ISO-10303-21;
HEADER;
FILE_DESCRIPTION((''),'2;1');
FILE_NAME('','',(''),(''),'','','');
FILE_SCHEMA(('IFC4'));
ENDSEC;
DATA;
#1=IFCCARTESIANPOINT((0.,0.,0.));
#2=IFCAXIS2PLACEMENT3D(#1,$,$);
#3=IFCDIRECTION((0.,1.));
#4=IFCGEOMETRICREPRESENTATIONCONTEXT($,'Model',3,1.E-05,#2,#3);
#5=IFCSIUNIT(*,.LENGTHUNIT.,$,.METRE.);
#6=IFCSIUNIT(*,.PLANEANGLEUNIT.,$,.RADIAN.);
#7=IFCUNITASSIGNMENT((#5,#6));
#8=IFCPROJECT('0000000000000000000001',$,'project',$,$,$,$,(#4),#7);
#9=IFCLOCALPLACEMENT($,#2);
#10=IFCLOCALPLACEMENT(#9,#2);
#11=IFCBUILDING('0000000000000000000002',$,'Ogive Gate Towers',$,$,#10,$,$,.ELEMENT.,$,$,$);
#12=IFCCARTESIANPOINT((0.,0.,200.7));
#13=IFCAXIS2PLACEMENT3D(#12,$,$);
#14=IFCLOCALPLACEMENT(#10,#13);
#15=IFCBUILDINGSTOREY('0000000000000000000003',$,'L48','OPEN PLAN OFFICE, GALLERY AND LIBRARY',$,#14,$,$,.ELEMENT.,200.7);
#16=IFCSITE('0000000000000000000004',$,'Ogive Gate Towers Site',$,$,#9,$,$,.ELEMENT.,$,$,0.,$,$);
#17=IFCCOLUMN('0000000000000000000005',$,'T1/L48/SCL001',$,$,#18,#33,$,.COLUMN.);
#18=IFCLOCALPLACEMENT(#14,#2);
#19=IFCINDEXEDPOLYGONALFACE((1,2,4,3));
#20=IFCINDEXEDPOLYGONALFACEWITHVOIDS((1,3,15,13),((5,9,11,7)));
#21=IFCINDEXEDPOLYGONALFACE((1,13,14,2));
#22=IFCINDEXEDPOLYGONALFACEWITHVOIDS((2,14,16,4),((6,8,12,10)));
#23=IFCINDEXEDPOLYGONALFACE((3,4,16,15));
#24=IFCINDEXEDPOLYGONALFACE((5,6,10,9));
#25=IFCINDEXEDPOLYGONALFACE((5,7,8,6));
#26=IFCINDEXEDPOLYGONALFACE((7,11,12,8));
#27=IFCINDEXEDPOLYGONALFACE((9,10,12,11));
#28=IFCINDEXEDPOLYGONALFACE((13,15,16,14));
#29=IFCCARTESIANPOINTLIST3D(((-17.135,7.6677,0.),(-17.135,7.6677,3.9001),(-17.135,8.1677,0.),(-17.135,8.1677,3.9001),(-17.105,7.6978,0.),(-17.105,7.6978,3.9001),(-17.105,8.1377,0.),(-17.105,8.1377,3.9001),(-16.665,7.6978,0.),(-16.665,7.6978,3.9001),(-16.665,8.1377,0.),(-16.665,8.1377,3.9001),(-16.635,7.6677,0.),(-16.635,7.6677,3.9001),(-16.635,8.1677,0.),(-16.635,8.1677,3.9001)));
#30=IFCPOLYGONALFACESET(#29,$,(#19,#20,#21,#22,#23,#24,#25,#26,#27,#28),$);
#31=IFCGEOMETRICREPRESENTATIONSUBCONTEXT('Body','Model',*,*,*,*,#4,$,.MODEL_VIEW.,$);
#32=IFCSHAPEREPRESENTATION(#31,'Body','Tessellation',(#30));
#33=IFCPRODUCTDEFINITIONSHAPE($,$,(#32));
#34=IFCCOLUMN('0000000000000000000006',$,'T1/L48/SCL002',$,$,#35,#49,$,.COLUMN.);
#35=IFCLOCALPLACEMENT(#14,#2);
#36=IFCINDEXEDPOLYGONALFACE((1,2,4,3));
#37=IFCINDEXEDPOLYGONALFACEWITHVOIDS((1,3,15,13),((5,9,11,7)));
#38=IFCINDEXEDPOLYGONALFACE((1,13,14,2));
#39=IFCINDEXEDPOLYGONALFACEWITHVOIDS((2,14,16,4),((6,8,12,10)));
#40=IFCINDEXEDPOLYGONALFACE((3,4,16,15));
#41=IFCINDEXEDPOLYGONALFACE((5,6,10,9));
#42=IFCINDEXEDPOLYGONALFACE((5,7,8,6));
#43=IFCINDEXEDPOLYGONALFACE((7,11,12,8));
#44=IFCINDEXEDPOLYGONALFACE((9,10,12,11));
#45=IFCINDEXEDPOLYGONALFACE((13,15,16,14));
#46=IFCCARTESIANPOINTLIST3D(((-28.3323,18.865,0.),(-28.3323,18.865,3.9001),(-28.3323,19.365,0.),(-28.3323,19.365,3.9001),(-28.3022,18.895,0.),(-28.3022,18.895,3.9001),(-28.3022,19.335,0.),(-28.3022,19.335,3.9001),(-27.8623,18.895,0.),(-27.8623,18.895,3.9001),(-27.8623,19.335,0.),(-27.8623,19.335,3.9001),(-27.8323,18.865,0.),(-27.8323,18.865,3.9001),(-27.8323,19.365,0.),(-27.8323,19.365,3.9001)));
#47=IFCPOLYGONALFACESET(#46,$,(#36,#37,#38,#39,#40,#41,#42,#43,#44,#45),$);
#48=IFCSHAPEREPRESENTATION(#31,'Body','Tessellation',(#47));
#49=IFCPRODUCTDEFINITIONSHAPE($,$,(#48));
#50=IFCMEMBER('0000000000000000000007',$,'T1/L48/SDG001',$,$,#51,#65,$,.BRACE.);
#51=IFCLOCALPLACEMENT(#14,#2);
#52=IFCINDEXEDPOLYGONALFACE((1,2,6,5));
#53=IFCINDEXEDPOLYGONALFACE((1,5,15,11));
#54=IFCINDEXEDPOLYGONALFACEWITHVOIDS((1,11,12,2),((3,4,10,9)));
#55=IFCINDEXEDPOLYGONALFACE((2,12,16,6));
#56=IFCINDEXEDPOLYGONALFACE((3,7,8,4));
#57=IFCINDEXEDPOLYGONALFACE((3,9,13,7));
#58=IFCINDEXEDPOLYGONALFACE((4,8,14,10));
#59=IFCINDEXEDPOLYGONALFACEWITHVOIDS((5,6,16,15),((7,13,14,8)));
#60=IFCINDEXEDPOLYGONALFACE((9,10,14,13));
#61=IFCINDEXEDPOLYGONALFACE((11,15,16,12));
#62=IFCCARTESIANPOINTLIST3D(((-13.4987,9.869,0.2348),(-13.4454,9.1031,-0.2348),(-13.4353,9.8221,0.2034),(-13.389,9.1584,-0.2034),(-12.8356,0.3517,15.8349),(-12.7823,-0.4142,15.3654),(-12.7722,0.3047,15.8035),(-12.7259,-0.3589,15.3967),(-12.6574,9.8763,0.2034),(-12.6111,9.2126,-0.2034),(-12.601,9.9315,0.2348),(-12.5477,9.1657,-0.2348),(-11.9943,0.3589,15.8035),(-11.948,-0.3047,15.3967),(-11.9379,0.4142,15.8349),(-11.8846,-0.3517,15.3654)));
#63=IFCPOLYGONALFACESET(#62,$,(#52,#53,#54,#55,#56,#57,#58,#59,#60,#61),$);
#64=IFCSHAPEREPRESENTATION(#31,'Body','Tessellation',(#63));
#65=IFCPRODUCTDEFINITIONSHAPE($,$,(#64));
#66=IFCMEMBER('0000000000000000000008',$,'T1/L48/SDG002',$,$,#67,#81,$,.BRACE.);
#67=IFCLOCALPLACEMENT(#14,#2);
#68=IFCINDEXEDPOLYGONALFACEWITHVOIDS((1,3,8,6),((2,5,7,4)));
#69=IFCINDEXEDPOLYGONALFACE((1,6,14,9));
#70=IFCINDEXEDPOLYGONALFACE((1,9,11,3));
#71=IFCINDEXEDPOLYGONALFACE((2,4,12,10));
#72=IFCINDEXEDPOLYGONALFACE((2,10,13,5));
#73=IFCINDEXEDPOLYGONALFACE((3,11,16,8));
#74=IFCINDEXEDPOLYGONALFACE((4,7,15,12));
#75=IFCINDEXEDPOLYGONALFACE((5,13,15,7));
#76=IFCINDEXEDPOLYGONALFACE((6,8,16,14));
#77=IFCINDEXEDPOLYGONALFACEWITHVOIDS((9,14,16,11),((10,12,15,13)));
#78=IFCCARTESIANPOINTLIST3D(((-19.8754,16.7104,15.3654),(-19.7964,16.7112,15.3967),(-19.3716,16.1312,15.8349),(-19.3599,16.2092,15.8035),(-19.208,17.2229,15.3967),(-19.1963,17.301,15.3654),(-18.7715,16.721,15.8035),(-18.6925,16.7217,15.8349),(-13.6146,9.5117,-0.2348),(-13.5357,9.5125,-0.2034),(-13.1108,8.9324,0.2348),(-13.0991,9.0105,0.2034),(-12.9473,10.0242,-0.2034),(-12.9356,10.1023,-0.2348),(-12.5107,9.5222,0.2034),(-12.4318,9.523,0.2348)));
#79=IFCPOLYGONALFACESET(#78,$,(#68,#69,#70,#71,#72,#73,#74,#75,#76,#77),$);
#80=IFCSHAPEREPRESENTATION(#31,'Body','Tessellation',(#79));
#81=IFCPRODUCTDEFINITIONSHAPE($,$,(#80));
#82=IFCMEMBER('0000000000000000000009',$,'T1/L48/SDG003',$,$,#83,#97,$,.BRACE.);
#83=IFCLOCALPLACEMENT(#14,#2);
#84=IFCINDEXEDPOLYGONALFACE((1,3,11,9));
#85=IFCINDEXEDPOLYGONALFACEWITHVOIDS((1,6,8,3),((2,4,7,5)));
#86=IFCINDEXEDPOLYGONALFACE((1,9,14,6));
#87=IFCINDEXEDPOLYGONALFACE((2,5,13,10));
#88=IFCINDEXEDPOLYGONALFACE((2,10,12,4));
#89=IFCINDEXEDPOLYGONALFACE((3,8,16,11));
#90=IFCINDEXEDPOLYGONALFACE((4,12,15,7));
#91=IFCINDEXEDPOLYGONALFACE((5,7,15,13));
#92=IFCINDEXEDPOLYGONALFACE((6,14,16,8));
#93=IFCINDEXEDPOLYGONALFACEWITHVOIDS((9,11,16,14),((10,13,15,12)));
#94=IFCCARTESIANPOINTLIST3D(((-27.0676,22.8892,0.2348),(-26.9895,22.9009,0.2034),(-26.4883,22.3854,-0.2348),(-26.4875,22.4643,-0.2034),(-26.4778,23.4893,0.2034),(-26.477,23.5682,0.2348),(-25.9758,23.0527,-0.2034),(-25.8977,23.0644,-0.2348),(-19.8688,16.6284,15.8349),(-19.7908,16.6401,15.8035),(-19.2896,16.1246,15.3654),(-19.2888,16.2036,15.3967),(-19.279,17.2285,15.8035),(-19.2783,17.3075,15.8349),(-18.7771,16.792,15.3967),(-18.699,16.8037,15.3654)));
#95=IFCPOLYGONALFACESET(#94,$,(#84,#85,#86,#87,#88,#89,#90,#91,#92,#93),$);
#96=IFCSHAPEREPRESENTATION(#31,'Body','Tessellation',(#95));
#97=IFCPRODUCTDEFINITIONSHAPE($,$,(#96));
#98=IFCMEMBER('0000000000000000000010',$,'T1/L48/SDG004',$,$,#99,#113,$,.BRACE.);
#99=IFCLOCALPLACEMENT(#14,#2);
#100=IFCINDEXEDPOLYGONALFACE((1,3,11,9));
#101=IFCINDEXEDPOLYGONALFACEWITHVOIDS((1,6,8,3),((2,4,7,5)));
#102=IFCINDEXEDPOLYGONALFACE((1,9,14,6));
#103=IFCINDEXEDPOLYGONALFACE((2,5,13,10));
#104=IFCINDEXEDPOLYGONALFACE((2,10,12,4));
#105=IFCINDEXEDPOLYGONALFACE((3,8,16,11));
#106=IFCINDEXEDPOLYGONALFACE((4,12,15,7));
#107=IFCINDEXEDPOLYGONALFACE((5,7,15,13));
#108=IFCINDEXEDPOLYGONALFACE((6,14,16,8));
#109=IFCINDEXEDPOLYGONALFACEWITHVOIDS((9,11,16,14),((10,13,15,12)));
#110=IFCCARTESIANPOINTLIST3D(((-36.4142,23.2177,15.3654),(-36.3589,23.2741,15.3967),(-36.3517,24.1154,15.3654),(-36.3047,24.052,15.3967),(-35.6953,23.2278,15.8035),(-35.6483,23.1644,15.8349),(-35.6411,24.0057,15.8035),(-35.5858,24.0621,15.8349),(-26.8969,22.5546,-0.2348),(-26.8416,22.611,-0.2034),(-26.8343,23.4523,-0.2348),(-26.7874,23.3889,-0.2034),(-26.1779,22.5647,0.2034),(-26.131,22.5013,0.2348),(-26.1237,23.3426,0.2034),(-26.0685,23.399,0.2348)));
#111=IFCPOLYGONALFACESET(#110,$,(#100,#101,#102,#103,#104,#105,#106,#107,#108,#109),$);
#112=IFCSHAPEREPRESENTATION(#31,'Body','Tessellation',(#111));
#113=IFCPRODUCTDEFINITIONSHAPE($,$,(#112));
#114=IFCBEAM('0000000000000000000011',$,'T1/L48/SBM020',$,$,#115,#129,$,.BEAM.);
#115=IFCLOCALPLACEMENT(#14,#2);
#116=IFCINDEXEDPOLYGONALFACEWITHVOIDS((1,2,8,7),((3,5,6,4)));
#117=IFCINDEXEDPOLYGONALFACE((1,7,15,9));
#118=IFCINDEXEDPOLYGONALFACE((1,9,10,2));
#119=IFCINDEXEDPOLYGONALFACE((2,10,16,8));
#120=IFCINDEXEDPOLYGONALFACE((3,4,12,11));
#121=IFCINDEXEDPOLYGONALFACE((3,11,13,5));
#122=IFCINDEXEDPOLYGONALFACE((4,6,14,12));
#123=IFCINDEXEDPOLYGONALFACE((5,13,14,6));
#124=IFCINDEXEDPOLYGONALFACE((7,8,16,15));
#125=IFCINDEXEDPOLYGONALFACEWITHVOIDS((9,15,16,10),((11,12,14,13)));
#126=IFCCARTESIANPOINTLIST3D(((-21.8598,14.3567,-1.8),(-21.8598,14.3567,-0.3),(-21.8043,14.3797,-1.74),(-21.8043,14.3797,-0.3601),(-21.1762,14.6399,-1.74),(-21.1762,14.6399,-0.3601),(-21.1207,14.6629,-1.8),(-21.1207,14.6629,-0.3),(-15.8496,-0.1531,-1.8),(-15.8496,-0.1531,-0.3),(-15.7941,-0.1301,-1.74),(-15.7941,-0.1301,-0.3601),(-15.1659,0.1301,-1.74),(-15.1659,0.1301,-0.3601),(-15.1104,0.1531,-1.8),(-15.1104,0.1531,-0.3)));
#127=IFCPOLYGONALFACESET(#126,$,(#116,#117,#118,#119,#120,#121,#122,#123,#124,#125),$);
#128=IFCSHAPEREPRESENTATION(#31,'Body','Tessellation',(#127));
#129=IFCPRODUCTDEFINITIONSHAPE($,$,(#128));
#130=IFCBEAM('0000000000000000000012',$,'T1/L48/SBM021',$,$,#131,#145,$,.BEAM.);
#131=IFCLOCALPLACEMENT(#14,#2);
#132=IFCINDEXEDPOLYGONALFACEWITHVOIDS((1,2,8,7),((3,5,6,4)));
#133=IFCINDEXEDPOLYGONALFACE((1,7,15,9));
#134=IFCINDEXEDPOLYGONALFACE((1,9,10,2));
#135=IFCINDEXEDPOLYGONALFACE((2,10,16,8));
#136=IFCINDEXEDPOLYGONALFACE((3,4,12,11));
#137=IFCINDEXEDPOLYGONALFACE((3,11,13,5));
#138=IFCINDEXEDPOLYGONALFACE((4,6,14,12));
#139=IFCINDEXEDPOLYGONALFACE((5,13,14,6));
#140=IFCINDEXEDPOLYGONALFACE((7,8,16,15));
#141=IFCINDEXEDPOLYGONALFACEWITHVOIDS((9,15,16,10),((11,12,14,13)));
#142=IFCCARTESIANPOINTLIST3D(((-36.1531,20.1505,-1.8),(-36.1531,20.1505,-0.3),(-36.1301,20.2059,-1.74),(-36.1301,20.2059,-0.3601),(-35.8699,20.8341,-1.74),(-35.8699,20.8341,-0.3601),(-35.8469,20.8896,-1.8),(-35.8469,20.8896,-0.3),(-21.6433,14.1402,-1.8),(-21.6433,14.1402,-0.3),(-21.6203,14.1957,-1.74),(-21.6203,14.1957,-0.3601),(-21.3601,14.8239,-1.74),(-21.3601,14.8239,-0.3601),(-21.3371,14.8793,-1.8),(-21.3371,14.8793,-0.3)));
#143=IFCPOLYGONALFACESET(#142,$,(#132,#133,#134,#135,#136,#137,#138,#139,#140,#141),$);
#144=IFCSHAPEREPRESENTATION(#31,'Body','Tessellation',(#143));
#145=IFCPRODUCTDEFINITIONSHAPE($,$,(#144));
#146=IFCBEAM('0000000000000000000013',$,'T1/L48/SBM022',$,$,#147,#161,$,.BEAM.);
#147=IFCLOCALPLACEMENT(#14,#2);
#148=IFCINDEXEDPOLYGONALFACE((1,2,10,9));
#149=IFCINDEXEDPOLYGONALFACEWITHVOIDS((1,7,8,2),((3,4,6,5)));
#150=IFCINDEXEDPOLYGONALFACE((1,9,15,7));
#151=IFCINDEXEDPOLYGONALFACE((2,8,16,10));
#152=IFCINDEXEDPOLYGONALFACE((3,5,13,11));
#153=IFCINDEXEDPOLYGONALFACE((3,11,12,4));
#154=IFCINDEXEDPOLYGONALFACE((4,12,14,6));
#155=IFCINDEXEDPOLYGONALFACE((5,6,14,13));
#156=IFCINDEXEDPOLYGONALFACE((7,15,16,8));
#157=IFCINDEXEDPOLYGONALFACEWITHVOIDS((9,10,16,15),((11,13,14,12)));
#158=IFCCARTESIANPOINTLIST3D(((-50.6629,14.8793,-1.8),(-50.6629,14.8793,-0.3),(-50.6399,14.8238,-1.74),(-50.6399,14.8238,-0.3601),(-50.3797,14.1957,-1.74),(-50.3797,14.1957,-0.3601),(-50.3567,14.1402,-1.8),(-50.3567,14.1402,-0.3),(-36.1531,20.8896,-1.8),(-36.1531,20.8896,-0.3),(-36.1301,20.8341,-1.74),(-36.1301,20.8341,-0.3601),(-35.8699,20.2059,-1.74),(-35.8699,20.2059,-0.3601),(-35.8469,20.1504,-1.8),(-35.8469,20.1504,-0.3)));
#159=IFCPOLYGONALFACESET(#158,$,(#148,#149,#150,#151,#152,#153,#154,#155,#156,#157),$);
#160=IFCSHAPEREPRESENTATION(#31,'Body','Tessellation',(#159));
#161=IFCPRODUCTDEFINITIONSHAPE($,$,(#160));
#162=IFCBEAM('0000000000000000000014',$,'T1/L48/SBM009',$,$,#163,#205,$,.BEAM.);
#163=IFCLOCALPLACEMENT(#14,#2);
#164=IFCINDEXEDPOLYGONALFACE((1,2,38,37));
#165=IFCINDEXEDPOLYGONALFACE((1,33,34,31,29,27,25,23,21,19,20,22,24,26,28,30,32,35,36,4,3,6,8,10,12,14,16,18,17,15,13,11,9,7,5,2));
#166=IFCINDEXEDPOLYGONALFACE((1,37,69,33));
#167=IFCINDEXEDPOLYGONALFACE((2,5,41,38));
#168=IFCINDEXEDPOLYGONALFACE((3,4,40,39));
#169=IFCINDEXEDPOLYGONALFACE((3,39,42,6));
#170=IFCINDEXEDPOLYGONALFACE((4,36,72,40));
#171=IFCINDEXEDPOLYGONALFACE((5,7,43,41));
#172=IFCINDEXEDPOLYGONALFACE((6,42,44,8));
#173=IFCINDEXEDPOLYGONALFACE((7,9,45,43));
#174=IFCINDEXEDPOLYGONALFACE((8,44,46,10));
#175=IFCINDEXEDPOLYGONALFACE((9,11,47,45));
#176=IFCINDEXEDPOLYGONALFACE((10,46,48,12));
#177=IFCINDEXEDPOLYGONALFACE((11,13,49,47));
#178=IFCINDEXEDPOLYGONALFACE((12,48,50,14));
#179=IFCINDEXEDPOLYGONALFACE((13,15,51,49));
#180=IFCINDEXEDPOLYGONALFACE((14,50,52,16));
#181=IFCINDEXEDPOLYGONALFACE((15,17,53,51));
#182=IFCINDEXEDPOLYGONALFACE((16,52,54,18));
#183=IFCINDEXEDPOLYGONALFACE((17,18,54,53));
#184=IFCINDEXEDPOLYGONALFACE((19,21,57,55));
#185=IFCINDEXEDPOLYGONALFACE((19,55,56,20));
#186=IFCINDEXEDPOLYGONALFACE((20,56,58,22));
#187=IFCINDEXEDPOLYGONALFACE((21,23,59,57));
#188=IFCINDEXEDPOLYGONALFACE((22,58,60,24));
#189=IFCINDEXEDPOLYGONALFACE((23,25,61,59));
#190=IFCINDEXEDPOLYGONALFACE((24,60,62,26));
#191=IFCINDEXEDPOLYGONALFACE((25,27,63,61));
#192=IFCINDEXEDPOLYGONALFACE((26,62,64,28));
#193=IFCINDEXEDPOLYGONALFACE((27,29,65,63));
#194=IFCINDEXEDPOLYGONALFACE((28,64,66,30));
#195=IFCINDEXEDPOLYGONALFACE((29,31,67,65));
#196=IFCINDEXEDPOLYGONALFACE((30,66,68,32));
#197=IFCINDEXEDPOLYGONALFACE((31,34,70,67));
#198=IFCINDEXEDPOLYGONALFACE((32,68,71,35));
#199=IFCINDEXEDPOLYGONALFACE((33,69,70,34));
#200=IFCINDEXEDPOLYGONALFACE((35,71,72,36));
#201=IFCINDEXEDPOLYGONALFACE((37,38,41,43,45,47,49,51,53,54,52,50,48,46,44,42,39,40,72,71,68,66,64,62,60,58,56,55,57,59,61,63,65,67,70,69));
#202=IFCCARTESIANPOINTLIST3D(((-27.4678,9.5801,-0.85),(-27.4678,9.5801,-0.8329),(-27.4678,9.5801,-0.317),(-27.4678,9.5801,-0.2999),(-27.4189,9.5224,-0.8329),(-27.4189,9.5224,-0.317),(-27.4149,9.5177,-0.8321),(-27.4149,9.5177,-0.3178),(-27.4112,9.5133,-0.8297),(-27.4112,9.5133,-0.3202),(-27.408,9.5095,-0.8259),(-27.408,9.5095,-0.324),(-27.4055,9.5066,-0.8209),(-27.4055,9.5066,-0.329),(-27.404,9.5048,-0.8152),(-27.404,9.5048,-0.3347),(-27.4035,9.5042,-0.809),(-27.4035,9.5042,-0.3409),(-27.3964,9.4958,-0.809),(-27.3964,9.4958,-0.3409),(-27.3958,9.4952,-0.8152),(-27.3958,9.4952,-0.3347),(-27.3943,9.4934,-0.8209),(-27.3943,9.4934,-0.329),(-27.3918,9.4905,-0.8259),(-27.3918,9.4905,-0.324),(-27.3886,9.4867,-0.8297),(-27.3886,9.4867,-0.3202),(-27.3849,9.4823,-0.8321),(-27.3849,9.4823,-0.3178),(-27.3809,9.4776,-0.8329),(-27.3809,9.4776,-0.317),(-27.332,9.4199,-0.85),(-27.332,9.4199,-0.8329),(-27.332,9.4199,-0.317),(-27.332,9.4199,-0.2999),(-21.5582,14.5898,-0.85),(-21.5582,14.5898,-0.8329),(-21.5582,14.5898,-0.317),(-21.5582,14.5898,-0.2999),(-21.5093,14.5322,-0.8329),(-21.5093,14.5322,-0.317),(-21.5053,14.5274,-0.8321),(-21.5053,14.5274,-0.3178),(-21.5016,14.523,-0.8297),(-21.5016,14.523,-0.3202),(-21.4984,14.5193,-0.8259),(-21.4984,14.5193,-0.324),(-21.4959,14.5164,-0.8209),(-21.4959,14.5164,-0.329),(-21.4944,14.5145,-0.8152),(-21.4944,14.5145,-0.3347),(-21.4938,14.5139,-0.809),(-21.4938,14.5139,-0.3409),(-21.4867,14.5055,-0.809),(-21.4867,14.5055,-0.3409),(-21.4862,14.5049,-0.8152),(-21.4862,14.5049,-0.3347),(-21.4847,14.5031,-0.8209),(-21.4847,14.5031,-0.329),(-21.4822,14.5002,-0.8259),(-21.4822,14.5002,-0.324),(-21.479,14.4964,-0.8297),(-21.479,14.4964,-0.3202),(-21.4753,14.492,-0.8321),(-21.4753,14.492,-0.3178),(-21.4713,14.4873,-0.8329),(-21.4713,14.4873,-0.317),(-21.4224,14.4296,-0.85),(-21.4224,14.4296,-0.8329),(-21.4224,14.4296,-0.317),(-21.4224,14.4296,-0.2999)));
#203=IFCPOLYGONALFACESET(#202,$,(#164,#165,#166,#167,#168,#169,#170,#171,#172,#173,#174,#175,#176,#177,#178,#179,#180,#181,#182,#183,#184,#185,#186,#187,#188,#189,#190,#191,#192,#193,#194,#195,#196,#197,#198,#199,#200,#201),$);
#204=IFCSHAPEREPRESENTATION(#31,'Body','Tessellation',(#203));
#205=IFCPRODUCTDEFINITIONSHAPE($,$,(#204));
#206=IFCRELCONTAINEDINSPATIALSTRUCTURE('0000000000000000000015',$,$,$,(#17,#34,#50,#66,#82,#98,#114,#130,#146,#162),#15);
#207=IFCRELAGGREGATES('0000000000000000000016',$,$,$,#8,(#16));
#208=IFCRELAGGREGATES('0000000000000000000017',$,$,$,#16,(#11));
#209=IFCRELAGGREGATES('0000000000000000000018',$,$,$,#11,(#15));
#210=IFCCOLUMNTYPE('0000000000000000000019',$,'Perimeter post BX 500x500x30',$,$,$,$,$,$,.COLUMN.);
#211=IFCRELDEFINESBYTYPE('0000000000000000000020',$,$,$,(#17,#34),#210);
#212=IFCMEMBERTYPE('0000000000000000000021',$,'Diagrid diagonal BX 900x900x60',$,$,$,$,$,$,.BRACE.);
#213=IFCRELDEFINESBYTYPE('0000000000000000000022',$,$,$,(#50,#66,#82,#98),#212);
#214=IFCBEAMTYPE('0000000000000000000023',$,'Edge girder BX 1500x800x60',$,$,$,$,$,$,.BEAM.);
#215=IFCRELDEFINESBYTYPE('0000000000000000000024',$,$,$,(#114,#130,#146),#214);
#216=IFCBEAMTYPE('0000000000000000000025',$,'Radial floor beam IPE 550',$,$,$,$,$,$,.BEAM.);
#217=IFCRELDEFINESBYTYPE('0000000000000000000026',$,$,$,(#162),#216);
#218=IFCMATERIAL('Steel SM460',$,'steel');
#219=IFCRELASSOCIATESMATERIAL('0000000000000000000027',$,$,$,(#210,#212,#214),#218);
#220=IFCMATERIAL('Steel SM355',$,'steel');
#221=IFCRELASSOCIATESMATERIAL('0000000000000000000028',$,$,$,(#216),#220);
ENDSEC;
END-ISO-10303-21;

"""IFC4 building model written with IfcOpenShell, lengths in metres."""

from ifc_helpers import new_model, si_unit, direction, frame, origin, origin_2d, place, context, subcontext, project, spatial, hollow_rectangle, i_section, extrude, material, material_profile, profile_set, type_object, element, save


model = new_model("IFC4")

# Units and contexts
model_context = context("Model", 3, precision=1e-05, world=origin(), true_north=direction((0.0, 1.0)))
body_context = subcontext(model_context, "Body", "Model", "MODEL_VIEW")
ifc_project = project(units=[si_unit("LENGTHUNIT", "METRE"), si_unit("PLANEANGLEUNIT", "RADIAN")], contexts=[model_context])

# Site, building, storey
site_placement = place(None, origin())
site = spatial("IfcSite", under=ifc_project, at=site_placement, Name="Ogive Gate Towers Site", CompositionType="ELEMENT", RefElevation=0.0)
building_placement = place(site_placement, origin())
building = spatial("IfcBuilding", under=site, at=building_placement, Name="Ogive Gate Towers", CompositionType="ELEMENT")
storey_placement = place(building_placement, frame((0.0, 0.0, 200.7)))
storey = spatial("IfcBuildingStorey", under=building, at=storey_placement, Name="L48", Description="OPEN PLAN OFFICE, GALLERY AND LIBRARY", CompositionType="ELEMENT", Elevation=200.7)

# Columns
ifc_material_1 = material(Name="Steel SM460", Category="steel")
ifc_material_profile_1 = material_profile(ifc_material_1, hollow_rectangle(XDim=0.5, YDim=0.5, WallThickness=0.03, at=origin_2d()), Name="BX 500x500x30")
ifc_profile_set_1 = profile_set([ifc_material_profile_1], Name="Steel SM460")
column_type = type_object("IfcColumnType", Name="Perimeter post BX 500x500x30", PredefinedType="COLUMN", material=ifc_profile_set_1)
for number, where, z_axis, x_axis, name in (
    (1, (-16.885, 7.9177, 0.0), (0.0, 0.0, 1.0), (1.0, 0.0, 0.0), "T1/L48/SCL001"),
    (2, (-28.0823, 19.115, 0.0), (0.0, 0.0, 1.0), (1.0, 0.0, 0.0), "T1/L48/SCL002"),
):
    element("IfcColumn", number, at=place(storey_placement, frame(where, z_axis=z_axis, x_axis=x_axis)), inside=storey, type_object=column_type, Name=name, PredefinedType="COLUMN", context=body_context, shape_type="SweptSolid", body=[
        extrude(hollow_rectangle(XDim=0.5, YDim=0.5, WallThickness=0.03, at=origin_2d()), origin(), (0.0, 0.0, 1.0), 3.9001),
    ])

# Members
ifc_material_profile_2 = material_profile(ifc_material_1, hollow_rectangle(XDim=0.8999, YDim=0.8999, WallThickness=0.0601, at=origin_2d()), Name="BX 900x900x60")
ifc_profile_set_2 = profile_set([ifc_material_profile_2], Name="Steel SM460")
member_type = type_object("IfcMemberType", Name="Diagrid diagonal BX 900x900x60", PredefinedType="BRACE", material=ifc_profile_set_2)
for number, where, z_axis, x_axis, name in (
    (3, (-13.0232, 9.5173, 0.0), (0.036262, -0.520468, 0.853111), (0.997582, 0.069503, 0.0), "T1/L48/SDG001"),
    (4, (-13.0232, 9.5173, 0.0), (-0.342377, 0.393672, 0.853112), (-0.754555, -0.656237, 0.0), "T1/L48/SDG002"),
    (5, (-26.4827, 22.9768, 0.0), (0.393672, -0.342377, 0.853112), (0.656237, 0.754555, 0.0), "T1/L48/SDG003"),
    (6, (-26.4827, 22.9768, 0.0), (-0.520468, 0.036262, 0.853111), (-0.069503, -0.997582, 0.0), "T1/L48/SDG004"),
):
    element("IfcMember", number, at=place(storey_placement, frame(where, z_axis=z_axis, x_axis=x_axis)), inside=storey, type_object=member_type, Name=name, PredefinedType="BRACE", context=body_context, shape_type="SweptSolid", body=[
        extrude(hollow_rectangle(XDim=0.8999, YDim=0.8999, WallThickness=0.0601, at=origin_2d()), origin(), (0.0, 0.0, 1.0), 18.2861),
    ])

# Beams
ifc_material_profile_3 = material_profile(ifc_material_1, hollow_rectangle(XDim=0.8, YDim=1.5, WallThickness=0.0601, at=origin_2d()), Name="BX 1500x800x60")
ifc_profile_set_3 = profile_set([ifc_material_profile_3], Name="Steel SM460")
beam_type_1 = type_object("IfcBeamType", Name="Edge girder BX 1500x800x60", PredefinedType="BEAM", material=ifc_profile_set_3)
for number, where, z_axis, x_axis, name in (
    (7, (-15.48, 0.0, -1.05), (-0.38269, 0.923877, 0.0), (-0.923877, -0.38269, 0.0), "T1/L48/SBM020"),
    (8, (-21.4902, 14.5098, -1.05), (-0.923877, 0.38269, 0.0), (-0.38269, -0.923877, 0.0), "T1/L48/SBM021"),
    (9, (-36.0, 20.52, -1.05), (-0.923877, -0.38269, 0.0), (0.38269, -0.923877, 0.0), "T1/L48/SBM022"),
):
    element("IfcBeam", number, at=place(storey_placement, frame(where, z_axis=z_axis, x_axis=x_axis)), inside=storey, type_object=beam_type_1, Name=name, PredefinedType="BEAM", context=body_context, shape_type="SweptSolid", body=[
        extrude(hollow_rectangle(XDim=0.8, YDim=1.5, WallThickness=0.0601, at=origin_2d()), origin(), (0.0, 0.0, 1.0), 15.7053),
    ])
ifc_material_2 = material(Name="Steel SM355", Category="steel")
ifc_material_profile_4 = material_profile(ifc_material_2, i_section(OverallWidth=0.21, OverallDepth=0.55, WebThickness=0.011, FlangeThickness=0.0171, FilletRadius=0.0239, at=origin_2d()), Name="IPE 550")
ifc_profile_set_4 = profile_set([ifc_material_profile_4], Name="Steel SM355")
beam_type_2 = type_object("IfcBeamType", Name="Radial floor beam IPE 550", PredefinedType="BEAM", material=ifc_profile_set_4)
beam_placement = place(storey_placement, frame((-27.3999, 9.5, -0.575), z_axis=(0.762795, 0.64664, 0.0), x_axis=(-0.64664, 0.762795, 0.0)))
element("IfcBeam", 10, at=beam_placement, inside=storey, type_object=beam_type_2, Name="T1/L48/SBM009", PredefinedType="BEAM", context=body_context, shape_type="SweptSolid", body=[
    extrude(i_section(OverallWidth=0.21, OverallDepth=0.55, WebThickness=0.011, FlangeThickness=0.0171, FilletRadius=0.0239, at=origin_2d()), origin(), (0.0, 0.0, 1.0), 7.7473),
])

save(model, "model.ifc")
